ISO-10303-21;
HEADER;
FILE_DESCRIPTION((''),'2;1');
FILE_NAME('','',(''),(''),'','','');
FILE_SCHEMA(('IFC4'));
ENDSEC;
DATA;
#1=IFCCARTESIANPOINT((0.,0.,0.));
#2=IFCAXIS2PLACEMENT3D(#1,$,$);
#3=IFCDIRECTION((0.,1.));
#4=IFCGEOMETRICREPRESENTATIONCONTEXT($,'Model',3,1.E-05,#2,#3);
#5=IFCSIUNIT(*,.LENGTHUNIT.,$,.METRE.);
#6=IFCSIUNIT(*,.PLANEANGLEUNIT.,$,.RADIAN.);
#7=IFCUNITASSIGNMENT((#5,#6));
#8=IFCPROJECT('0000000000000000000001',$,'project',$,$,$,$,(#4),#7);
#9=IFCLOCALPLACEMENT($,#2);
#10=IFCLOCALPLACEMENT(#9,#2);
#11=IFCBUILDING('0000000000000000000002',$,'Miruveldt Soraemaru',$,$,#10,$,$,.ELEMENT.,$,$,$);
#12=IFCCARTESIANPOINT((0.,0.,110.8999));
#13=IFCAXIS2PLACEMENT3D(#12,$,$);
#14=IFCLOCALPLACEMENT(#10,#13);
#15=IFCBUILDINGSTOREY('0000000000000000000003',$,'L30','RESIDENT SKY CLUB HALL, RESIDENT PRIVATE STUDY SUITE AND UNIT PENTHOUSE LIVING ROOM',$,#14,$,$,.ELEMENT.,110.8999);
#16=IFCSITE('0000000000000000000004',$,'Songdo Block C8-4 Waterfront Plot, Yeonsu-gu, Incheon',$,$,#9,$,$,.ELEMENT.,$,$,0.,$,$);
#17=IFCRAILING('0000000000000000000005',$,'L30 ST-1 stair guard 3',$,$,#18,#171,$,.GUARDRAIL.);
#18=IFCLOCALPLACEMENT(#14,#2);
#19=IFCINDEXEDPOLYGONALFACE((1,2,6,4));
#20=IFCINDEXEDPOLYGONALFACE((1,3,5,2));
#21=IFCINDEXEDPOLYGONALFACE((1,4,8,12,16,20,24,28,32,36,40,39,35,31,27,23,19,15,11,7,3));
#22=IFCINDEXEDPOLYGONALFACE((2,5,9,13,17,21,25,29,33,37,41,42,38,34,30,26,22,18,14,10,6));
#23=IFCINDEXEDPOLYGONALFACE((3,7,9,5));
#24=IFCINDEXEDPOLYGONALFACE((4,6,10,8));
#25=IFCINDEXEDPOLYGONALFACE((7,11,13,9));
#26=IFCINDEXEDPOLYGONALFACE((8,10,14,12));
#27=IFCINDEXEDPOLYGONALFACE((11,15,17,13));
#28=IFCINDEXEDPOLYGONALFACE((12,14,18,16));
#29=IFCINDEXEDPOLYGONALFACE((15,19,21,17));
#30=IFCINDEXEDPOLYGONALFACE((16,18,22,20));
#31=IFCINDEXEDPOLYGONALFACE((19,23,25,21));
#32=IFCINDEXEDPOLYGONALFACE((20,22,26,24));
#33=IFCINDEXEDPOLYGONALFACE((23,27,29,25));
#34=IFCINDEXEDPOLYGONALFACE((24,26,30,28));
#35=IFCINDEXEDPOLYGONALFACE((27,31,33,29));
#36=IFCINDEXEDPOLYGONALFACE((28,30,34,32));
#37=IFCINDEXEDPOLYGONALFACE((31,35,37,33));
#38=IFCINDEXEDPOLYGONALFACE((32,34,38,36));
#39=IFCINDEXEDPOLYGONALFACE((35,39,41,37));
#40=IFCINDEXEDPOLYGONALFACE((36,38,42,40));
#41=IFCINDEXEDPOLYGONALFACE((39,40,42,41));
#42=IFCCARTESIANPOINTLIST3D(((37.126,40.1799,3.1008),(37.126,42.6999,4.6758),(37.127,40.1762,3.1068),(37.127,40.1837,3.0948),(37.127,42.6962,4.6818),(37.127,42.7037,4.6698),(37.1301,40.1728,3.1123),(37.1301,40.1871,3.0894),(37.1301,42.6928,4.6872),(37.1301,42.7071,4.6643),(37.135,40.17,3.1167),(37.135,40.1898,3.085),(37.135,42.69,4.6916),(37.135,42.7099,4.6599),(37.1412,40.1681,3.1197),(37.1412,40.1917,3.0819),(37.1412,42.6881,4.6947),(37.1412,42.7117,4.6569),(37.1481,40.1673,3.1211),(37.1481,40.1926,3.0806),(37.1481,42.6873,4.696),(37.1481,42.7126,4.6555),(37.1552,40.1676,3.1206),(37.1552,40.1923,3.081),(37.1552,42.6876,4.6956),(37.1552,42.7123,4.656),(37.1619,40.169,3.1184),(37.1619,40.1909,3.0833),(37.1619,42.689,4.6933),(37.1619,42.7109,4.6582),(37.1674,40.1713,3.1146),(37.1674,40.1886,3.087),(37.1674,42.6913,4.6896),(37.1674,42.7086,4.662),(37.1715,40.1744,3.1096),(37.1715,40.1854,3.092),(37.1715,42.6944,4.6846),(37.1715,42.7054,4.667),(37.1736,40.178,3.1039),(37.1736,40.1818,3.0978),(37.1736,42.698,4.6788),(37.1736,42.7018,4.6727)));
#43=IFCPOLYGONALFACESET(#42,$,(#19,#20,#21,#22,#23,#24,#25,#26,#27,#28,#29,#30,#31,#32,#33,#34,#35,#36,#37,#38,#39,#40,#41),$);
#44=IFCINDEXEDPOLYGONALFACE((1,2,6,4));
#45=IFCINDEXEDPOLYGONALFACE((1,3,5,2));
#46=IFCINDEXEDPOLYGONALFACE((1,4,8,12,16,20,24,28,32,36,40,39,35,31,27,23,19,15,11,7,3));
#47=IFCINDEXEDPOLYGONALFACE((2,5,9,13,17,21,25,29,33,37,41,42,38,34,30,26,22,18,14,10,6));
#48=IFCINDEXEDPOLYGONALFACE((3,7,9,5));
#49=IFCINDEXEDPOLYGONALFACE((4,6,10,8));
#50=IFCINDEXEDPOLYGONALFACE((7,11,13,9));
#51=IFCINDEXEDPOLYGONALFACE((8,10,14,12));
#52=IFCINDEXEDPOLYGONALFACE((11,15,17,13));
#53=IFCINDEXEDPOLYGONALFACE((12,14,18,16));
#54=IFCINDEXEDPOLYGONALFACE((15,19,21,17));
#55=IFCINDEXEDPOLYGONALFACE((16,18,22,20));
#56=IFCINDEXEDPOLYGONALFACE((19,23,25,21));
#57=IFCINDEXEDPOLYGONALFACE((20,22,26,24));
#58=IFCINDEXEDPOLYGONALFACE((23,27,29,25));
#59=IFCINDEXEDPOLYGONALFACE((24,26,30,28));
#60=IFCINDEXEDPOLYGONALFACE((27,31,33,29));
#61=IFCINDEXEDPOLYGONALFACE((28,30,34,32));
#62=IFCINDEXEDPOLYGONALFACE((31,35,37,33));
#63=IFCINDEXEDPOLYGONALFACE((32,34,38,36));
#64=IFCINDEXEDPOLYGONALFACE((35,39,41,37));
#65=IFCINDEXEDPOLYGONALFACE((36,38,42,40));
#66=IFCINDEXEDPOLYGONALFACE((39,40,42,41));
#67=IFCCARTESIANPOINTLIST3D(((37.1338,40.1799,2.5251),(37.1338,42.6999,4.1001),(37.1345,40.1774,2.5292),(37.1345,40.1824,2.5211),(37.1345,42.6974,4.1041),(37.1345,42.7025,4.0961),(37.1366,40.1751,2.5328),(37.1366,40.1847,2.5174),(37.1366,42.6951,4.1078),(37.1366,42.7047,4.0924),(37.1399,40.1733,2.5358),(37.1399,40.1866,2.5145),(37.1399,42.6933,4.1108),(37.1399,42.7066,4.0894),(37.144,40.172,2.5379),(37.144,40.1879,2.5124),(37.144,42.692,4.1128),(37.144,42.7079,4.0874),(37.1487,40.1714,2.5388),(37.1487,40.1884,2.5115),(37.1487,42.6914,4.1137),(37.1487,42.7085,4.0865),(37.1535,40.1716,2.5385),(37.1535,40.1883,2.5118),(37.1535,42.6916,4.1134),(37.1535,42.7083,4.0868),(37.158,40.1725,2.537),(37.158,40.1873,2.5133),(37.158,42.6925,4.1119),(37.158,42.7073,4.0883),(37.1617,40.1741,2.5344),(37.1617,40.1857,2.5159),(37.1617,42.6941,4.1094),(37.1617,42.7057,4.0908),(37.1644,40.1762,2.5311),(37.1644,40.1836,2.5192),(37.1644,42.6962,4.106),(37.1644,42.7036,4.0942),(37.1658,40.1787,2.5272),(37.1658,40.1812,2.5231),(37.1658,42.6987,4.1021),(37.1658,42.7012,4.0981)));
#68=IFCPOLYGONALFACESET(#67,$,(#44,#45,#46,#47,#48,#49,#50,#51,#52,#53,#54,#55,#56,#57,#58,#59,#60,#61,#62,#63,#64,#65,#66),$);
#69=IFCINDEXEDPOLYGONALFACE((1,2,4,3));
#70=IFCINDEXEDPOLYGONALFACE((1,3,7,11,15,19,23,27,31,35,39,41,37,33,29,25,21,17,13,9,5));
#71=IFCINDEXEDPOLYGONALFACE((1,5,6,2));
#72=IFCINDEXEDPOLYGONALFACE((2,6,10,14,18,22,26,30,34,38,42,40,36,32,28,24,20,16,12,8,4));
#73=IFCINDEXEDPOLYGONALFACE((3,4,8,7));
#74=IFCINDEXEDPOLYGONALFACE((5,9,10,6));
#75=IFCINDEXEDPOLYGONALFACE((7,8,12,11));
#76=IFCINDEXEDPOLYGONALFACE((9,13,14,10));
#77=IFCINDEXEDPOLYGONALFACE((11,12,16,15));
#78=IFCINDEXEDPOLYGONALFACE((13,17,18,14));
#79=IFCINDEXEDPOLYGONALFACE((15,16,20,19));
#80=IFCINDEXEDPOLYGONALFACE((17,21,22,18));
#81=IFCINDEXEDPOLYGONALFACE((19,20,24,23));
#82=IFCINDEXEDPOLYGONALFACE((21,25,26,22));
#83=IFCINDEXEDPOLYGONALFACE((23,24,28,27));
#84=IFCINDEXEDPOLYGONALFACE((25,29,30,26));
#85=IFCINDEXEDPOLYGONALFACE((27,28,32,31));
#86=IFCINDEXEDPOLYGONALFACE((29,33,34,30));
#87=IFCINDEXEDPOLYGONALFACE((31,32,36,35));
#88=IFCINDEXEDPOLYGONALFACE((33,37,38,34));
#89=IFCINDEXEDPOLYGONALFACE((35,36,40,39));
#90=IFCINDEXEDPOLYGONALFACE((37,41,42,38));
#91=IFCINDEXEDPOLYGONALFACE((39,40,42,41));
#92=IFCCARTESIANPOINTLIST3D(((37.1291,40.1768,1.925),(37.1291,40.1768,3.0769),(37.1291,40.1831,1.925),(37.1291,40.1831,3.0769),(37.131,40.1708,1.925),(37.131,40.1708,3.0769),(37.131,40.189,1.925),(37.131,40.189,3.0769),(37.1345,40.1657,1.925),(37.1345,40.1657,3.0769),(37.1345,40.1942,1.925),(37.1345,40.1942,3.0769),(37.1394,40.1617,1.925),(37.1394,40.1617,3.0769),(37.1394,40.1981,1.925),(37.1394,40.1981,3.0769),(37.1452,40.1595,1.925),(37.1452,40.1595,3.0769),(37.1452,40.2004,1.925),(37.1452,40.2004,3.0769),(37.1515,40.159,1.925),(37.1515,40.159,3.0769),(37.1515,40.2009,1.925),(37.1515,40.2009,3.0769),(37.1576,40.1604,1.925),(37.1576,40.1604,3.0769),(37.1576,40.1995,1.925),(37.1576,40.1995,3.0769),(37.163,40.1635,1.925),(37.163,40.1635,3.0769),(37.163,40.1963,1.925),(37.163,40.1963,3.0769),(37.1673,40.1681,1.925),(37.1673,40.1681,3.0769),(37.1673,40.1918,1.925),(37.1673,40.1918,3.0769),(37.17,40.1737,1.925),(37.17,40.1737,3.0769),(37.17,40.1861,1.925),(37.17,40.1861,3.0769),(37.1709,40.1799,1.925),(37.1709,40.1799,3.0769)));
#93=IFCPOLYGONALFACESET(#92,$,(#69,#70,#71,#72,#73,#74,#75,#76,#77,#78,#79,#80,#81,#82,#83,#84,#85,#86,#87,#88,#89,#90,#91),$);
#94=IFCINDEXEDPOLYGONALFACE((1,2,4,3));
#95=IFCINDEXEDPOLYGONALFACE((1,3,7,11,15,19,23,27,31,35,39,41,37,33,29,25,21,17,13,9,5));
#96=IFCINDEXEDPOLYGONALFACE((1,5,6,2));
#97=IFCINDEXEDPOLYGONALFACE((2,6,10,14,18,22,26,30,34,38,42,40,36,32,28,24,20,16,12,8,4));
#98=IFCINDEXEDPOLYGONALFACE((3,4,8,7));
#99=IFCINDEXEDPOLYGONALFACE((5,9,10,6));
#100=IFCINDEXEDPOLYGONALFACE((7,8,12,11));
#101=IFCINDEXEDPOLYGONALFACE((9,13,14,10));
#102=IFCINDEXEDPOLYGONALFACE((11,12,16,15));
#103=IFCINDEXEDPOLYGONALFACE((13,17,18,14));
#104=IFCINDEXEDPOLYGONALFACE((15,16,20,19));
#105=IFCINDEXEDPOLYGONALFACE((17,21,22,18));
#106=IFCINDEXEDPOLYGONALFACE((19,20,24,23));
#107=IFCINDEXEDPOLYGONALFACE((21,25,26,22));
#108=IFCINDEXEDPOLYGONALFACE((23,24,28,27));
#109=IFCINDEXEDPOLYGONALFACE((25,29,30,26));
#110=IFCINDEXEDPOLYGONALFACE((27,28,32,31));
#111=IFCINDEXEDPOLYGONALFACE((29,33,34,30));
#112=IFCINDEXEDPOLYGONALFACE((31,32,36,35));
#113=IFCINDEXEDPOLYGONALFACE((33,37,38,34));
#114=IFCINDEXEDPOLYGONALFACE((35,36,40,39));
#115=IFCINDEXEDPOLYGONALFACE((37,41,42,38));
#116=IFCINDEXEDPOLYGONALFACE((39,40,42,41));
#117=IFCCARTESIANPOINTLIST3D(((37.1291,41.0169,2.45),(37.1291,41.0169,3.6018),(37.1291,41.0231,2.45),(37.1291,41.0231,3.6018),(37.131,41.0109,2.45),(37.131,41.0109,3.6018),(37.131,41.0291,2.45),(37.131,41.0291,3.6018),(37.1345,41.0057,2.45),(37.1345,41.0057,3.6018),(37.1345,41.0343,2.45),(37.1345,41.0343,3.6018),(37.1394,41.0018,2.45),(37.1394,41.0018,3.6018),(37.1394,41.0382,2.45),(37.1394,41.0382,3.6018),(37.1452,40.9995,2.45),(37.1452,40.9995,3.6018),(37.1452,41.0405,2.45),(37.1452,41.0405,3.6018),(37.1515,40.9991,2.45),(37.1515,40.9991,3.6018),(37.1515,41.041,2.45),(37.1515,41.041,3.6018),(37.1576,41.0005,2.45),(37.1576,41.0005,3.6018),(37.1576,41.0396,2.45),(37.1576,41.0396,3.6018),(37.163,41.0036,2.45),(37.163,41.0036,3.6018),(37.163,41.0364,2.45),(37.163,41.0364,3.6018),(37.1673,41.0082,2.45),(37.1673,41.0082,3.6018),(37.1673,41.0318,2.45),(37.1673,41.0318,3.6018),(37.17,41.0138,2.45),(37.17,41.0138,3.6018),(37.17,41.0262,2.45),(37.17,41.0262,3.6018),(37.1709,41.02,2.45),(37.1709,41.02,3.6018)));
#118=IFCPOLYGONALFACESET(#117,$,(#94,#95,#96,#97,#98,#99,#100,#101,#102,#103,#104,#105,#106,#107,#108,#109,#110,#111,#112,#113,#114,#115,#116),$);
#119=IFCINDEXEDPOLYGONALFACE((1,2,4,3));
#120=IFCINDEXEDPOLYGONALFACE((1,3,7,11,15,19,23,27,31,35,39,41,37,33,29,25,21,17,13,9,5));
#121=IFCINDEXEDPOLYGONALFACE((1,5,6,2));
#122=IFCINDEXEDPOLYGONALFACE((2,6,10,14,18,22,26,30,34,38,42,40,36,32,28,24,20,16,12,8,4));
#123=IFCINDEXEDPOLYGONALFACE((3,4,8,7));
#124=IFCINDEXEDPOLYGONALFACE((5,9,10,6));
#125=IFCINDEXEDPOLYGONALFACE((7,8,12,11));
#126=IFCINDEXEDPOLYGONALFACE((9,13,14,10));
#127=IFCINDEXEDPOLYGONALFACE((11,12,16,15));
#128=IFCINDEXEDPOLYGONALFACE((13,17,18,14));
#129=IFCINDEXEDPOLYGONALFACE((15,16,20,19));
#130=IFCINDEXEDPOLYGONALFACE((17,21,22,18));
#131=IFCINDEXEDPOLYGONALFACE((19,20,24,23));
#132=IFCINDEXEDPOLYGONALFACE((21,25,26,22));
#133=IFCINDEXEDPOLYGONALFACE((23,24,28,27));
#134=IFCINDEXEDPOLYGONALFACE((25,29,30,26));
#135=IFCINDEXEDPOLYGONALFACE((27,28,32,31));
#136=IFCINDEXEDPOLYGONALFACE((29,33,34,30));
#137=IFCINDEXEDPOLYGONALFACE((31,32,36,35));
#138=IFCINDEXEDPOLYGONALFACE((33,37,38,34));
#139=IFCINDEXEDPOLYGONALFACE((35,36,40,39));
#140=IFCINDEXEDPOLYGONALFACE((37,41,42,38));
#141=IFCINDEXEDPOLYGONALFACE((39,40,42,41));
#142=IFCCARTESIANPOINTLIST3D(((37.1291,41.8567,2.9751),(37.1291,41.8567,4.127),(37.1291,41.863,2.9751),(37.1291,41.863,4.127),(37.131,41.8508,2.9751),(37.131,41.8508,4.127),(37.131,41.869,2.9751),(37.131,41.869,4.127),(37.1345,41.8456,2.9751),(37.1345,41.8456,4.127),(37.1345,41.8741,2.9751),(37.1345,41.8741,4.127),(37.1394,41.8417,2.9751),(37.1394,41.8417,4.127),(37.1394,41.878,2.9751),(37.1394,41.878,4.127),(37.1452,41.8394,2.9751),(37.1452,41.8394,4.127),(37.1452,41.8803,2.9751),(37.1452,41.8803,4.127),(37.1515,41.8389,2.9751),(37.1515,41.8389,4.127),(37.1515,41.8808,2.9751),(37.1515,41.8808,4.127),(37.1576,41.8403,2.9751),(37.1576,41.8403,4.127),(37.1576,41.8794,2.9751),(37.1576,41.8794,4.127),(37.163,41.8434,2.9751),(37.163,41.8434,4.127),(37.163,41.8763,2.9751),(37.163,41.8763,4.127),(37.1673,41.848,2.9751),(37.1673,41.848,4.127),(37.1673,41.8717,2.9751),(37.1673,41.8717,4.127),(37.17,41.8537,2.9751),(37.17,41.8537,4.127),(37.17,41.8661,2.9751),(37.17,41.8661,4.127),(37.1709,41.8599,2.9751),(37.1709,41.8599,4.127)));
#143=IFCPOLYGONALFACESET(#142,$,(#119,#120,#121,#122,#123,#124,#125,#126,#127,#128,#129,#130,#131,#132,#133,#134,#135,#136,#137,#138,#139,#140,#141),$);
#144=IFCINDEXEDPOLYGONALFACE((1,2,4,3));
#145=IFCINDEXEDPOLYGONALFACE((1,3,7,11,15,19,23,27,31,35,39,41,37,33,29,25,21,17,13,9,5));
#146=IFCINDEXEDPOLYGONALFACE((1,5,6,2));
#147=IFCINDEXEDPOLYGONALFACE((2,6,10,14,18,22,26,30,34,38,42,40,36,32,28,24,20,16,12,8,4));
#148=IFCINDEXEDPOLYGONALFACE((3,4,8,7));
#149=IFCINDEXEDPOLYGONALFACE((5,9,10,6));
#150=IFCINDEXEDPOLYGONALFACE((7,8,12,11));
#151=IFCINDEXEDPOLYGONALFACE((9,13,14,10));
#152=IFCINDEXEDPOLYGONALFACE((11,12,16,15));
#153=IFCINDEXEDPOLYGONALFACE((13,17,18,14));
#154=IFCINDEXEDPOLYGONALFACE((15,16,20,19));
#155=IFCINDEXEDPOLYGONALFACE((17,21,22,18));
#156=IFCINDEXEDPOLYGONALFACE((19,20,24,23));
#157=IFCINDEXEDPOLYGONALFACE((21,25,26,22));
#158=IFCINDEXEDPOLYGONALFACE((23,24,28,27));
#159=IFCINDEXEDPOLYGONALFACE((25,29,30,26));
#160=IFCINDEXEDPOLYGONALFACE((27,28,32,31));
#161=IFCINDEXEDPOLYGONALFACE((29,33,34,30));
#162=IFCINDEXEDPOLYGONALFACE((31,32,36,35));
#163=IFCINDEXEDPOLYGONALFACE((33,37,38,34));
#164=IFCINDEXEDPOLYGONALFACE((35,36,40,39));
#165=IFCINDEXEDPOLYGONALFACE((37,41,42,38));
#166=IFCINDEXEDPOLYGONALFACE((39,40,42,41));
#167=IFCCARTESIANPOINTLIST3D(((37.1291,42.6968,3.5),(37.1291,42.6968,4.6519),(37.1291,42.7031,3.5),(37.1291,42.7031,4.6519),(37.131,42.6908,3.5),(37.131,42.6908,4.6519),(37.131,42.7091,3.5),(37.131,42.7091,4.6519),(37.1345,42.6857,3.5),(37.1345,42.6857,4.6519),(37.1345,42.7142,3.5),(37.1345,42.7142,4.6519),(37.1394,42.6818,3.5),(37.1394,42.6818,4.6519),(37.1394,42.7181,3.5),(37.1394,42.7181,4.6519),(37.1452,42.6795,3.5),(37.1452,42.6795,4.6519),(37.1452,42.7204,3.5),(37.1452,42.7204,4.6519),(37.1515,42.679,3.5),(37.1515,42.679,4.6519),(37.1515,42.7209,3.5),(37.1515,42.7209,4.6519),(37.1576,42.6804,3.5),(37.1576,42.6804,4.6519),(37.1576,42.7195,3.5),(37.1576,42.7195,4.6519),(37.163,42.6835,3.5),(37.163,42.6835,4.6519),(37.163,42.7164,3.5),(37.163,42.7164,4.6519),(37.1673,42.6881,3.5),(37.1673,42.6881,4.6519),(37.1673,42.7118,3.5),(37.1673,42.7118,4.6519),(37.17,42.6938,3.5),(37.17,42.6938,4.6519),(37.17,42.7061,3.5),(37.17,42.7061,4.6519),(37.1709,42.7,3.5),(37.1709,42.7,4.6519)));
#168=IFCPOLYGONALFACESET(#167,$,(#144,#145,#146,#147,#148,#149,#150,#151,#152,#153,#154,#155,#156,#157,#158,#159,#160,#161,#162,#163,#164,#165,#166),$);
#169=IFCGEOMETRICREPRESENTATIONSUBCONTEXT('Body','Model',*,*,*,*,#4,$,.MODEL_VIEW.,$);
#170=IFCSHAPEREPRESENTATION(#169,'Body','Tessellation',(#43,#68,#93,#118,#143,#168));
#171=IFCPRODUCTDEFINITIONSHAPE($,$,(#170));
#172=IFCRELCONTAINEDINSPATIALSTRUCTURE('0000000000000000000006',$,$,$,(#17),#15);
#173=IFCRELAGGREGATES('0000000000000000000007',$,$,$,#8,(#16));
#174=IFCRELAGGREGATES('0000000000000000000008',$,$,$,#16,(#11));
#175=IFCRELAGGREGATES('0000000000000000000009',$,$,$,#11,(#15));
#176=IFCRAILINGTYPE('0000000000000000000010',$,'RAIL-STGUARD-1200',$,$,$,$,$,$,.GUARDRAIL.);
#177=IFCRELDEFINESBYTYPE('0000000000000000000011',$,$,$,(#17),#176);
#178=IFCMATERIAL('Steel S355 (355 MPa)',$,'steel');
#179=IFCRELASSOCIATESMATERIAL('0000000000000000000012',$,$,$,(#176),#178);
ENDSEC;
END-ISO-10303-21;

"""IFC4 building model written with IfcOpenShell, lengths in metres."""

from ifc_helpers import new_model, si_unit, direction, frame, origin, origin_2d, place, context, subcontext, project, spatial, circle, extrude, material, type_object, element, save


model = new_model("IFC4")

# Units and contexts
model_context = context("Model", 3, precision=1e-05, world=origin(), true_north=direction((0.0, 1.0)))
body_context = subcontext(model_context, "Body", "Model", "MODEL_VIEW")
ifc_project = project(units=[si_unit("LENGTHUNIT", "METRE"), si_unit("PLANEANGLEUNIT", "RADIAN")], contexts=[model_context])

# Site, building, storey
site_placement = place(None, origin())
site = spatial("IfcSite", under=ifc_project, at=site_placement, Name="Songdo Block C8-4 Waterfront Plot, Yeonsu-gu, Incheon", CompositionType="ELEMENT", RefElevation=0.0)
building_placement = place(site_placement, origin())
building = spatial("IfcBuilding", under=site, at=building_placement, Name="Miruveldt Soraemaru", CompositionType="ELEMENT")
storey_placement = place(building_placement, frame((0.0, 0.0, 110.8999)))
storey = spatial("IfcBuildingStorey", under=building, at=storey_placement, Name="L30", Description="RESIDENT SKY CLUB HALL, RESIDENT PRIVATE STUDY SUITE AND UNIT PENTHOUSE LIVING ROOM", CompositionType="ELEMENT", Elevation=110.8999)

# Railing
ifc_material_1 = material(Name="Steel S355 (355 MPa)", Category="steel")
railing_type_1 = type_object("IfcRailingType", Name="RAIL-STGUARD-1200", PredefinedType="GUARDRAIL", material=ifc_material_1)
railing_1_placement = place(storey_placement, frame((37.1499, 40.1799, 1.925)))
element("IfcRailing", 1, at=railing_1_placement, inside=storey, type_object=railing_type_1, Name="L30 ST-1 stair guard 3", PredefinedType="GUARDRAIL", context=body_context, shape_type="SweptSolid", body=[
    extrude(circle(Radius=0.0239, at=origin_2d()), frame((0.0, 0.0, 1.1758), z_axis=(0.0, 0.848008, 0.529984), x_axis=(-1.0, 0.0, 0.0)), (0.0, 0.0, 1.0), 2.9717),
    extrude(circle(Radius=0.0161, at=origin_2d()), frame((0.0, 0.0, 0.6001), z_axis=(0.0, 0.848008, 0.529984), x_axis=(-1.0, 0.0, 0.0)), (0.0, 0.0, 1.0), 2.9717),
    extrude(circle(Radius=0.021, at=origin_2d()), origin(), (0.0, 0.0, 1.0), 1.1519),
    extrude(circle(Radius=0.021, at=origin_2d()), frame((0.0, 0.8401, 0.5249)), (0.0, 0.0, 1.0), 1.1519),
    extrude(circle(Radius=0.021, at=origin_2d()), frame((0.0, 1.6799, 1.05)), (0.0, 0.0, 1.0), 1.1519),
    extrude(circle(Radius=0.021, at=origin_2d()), frame((0.0, 2.52, 1.575)), (0.0, 0.0, 1.0), 1.1519),
])

save(model, "model.ifc")
